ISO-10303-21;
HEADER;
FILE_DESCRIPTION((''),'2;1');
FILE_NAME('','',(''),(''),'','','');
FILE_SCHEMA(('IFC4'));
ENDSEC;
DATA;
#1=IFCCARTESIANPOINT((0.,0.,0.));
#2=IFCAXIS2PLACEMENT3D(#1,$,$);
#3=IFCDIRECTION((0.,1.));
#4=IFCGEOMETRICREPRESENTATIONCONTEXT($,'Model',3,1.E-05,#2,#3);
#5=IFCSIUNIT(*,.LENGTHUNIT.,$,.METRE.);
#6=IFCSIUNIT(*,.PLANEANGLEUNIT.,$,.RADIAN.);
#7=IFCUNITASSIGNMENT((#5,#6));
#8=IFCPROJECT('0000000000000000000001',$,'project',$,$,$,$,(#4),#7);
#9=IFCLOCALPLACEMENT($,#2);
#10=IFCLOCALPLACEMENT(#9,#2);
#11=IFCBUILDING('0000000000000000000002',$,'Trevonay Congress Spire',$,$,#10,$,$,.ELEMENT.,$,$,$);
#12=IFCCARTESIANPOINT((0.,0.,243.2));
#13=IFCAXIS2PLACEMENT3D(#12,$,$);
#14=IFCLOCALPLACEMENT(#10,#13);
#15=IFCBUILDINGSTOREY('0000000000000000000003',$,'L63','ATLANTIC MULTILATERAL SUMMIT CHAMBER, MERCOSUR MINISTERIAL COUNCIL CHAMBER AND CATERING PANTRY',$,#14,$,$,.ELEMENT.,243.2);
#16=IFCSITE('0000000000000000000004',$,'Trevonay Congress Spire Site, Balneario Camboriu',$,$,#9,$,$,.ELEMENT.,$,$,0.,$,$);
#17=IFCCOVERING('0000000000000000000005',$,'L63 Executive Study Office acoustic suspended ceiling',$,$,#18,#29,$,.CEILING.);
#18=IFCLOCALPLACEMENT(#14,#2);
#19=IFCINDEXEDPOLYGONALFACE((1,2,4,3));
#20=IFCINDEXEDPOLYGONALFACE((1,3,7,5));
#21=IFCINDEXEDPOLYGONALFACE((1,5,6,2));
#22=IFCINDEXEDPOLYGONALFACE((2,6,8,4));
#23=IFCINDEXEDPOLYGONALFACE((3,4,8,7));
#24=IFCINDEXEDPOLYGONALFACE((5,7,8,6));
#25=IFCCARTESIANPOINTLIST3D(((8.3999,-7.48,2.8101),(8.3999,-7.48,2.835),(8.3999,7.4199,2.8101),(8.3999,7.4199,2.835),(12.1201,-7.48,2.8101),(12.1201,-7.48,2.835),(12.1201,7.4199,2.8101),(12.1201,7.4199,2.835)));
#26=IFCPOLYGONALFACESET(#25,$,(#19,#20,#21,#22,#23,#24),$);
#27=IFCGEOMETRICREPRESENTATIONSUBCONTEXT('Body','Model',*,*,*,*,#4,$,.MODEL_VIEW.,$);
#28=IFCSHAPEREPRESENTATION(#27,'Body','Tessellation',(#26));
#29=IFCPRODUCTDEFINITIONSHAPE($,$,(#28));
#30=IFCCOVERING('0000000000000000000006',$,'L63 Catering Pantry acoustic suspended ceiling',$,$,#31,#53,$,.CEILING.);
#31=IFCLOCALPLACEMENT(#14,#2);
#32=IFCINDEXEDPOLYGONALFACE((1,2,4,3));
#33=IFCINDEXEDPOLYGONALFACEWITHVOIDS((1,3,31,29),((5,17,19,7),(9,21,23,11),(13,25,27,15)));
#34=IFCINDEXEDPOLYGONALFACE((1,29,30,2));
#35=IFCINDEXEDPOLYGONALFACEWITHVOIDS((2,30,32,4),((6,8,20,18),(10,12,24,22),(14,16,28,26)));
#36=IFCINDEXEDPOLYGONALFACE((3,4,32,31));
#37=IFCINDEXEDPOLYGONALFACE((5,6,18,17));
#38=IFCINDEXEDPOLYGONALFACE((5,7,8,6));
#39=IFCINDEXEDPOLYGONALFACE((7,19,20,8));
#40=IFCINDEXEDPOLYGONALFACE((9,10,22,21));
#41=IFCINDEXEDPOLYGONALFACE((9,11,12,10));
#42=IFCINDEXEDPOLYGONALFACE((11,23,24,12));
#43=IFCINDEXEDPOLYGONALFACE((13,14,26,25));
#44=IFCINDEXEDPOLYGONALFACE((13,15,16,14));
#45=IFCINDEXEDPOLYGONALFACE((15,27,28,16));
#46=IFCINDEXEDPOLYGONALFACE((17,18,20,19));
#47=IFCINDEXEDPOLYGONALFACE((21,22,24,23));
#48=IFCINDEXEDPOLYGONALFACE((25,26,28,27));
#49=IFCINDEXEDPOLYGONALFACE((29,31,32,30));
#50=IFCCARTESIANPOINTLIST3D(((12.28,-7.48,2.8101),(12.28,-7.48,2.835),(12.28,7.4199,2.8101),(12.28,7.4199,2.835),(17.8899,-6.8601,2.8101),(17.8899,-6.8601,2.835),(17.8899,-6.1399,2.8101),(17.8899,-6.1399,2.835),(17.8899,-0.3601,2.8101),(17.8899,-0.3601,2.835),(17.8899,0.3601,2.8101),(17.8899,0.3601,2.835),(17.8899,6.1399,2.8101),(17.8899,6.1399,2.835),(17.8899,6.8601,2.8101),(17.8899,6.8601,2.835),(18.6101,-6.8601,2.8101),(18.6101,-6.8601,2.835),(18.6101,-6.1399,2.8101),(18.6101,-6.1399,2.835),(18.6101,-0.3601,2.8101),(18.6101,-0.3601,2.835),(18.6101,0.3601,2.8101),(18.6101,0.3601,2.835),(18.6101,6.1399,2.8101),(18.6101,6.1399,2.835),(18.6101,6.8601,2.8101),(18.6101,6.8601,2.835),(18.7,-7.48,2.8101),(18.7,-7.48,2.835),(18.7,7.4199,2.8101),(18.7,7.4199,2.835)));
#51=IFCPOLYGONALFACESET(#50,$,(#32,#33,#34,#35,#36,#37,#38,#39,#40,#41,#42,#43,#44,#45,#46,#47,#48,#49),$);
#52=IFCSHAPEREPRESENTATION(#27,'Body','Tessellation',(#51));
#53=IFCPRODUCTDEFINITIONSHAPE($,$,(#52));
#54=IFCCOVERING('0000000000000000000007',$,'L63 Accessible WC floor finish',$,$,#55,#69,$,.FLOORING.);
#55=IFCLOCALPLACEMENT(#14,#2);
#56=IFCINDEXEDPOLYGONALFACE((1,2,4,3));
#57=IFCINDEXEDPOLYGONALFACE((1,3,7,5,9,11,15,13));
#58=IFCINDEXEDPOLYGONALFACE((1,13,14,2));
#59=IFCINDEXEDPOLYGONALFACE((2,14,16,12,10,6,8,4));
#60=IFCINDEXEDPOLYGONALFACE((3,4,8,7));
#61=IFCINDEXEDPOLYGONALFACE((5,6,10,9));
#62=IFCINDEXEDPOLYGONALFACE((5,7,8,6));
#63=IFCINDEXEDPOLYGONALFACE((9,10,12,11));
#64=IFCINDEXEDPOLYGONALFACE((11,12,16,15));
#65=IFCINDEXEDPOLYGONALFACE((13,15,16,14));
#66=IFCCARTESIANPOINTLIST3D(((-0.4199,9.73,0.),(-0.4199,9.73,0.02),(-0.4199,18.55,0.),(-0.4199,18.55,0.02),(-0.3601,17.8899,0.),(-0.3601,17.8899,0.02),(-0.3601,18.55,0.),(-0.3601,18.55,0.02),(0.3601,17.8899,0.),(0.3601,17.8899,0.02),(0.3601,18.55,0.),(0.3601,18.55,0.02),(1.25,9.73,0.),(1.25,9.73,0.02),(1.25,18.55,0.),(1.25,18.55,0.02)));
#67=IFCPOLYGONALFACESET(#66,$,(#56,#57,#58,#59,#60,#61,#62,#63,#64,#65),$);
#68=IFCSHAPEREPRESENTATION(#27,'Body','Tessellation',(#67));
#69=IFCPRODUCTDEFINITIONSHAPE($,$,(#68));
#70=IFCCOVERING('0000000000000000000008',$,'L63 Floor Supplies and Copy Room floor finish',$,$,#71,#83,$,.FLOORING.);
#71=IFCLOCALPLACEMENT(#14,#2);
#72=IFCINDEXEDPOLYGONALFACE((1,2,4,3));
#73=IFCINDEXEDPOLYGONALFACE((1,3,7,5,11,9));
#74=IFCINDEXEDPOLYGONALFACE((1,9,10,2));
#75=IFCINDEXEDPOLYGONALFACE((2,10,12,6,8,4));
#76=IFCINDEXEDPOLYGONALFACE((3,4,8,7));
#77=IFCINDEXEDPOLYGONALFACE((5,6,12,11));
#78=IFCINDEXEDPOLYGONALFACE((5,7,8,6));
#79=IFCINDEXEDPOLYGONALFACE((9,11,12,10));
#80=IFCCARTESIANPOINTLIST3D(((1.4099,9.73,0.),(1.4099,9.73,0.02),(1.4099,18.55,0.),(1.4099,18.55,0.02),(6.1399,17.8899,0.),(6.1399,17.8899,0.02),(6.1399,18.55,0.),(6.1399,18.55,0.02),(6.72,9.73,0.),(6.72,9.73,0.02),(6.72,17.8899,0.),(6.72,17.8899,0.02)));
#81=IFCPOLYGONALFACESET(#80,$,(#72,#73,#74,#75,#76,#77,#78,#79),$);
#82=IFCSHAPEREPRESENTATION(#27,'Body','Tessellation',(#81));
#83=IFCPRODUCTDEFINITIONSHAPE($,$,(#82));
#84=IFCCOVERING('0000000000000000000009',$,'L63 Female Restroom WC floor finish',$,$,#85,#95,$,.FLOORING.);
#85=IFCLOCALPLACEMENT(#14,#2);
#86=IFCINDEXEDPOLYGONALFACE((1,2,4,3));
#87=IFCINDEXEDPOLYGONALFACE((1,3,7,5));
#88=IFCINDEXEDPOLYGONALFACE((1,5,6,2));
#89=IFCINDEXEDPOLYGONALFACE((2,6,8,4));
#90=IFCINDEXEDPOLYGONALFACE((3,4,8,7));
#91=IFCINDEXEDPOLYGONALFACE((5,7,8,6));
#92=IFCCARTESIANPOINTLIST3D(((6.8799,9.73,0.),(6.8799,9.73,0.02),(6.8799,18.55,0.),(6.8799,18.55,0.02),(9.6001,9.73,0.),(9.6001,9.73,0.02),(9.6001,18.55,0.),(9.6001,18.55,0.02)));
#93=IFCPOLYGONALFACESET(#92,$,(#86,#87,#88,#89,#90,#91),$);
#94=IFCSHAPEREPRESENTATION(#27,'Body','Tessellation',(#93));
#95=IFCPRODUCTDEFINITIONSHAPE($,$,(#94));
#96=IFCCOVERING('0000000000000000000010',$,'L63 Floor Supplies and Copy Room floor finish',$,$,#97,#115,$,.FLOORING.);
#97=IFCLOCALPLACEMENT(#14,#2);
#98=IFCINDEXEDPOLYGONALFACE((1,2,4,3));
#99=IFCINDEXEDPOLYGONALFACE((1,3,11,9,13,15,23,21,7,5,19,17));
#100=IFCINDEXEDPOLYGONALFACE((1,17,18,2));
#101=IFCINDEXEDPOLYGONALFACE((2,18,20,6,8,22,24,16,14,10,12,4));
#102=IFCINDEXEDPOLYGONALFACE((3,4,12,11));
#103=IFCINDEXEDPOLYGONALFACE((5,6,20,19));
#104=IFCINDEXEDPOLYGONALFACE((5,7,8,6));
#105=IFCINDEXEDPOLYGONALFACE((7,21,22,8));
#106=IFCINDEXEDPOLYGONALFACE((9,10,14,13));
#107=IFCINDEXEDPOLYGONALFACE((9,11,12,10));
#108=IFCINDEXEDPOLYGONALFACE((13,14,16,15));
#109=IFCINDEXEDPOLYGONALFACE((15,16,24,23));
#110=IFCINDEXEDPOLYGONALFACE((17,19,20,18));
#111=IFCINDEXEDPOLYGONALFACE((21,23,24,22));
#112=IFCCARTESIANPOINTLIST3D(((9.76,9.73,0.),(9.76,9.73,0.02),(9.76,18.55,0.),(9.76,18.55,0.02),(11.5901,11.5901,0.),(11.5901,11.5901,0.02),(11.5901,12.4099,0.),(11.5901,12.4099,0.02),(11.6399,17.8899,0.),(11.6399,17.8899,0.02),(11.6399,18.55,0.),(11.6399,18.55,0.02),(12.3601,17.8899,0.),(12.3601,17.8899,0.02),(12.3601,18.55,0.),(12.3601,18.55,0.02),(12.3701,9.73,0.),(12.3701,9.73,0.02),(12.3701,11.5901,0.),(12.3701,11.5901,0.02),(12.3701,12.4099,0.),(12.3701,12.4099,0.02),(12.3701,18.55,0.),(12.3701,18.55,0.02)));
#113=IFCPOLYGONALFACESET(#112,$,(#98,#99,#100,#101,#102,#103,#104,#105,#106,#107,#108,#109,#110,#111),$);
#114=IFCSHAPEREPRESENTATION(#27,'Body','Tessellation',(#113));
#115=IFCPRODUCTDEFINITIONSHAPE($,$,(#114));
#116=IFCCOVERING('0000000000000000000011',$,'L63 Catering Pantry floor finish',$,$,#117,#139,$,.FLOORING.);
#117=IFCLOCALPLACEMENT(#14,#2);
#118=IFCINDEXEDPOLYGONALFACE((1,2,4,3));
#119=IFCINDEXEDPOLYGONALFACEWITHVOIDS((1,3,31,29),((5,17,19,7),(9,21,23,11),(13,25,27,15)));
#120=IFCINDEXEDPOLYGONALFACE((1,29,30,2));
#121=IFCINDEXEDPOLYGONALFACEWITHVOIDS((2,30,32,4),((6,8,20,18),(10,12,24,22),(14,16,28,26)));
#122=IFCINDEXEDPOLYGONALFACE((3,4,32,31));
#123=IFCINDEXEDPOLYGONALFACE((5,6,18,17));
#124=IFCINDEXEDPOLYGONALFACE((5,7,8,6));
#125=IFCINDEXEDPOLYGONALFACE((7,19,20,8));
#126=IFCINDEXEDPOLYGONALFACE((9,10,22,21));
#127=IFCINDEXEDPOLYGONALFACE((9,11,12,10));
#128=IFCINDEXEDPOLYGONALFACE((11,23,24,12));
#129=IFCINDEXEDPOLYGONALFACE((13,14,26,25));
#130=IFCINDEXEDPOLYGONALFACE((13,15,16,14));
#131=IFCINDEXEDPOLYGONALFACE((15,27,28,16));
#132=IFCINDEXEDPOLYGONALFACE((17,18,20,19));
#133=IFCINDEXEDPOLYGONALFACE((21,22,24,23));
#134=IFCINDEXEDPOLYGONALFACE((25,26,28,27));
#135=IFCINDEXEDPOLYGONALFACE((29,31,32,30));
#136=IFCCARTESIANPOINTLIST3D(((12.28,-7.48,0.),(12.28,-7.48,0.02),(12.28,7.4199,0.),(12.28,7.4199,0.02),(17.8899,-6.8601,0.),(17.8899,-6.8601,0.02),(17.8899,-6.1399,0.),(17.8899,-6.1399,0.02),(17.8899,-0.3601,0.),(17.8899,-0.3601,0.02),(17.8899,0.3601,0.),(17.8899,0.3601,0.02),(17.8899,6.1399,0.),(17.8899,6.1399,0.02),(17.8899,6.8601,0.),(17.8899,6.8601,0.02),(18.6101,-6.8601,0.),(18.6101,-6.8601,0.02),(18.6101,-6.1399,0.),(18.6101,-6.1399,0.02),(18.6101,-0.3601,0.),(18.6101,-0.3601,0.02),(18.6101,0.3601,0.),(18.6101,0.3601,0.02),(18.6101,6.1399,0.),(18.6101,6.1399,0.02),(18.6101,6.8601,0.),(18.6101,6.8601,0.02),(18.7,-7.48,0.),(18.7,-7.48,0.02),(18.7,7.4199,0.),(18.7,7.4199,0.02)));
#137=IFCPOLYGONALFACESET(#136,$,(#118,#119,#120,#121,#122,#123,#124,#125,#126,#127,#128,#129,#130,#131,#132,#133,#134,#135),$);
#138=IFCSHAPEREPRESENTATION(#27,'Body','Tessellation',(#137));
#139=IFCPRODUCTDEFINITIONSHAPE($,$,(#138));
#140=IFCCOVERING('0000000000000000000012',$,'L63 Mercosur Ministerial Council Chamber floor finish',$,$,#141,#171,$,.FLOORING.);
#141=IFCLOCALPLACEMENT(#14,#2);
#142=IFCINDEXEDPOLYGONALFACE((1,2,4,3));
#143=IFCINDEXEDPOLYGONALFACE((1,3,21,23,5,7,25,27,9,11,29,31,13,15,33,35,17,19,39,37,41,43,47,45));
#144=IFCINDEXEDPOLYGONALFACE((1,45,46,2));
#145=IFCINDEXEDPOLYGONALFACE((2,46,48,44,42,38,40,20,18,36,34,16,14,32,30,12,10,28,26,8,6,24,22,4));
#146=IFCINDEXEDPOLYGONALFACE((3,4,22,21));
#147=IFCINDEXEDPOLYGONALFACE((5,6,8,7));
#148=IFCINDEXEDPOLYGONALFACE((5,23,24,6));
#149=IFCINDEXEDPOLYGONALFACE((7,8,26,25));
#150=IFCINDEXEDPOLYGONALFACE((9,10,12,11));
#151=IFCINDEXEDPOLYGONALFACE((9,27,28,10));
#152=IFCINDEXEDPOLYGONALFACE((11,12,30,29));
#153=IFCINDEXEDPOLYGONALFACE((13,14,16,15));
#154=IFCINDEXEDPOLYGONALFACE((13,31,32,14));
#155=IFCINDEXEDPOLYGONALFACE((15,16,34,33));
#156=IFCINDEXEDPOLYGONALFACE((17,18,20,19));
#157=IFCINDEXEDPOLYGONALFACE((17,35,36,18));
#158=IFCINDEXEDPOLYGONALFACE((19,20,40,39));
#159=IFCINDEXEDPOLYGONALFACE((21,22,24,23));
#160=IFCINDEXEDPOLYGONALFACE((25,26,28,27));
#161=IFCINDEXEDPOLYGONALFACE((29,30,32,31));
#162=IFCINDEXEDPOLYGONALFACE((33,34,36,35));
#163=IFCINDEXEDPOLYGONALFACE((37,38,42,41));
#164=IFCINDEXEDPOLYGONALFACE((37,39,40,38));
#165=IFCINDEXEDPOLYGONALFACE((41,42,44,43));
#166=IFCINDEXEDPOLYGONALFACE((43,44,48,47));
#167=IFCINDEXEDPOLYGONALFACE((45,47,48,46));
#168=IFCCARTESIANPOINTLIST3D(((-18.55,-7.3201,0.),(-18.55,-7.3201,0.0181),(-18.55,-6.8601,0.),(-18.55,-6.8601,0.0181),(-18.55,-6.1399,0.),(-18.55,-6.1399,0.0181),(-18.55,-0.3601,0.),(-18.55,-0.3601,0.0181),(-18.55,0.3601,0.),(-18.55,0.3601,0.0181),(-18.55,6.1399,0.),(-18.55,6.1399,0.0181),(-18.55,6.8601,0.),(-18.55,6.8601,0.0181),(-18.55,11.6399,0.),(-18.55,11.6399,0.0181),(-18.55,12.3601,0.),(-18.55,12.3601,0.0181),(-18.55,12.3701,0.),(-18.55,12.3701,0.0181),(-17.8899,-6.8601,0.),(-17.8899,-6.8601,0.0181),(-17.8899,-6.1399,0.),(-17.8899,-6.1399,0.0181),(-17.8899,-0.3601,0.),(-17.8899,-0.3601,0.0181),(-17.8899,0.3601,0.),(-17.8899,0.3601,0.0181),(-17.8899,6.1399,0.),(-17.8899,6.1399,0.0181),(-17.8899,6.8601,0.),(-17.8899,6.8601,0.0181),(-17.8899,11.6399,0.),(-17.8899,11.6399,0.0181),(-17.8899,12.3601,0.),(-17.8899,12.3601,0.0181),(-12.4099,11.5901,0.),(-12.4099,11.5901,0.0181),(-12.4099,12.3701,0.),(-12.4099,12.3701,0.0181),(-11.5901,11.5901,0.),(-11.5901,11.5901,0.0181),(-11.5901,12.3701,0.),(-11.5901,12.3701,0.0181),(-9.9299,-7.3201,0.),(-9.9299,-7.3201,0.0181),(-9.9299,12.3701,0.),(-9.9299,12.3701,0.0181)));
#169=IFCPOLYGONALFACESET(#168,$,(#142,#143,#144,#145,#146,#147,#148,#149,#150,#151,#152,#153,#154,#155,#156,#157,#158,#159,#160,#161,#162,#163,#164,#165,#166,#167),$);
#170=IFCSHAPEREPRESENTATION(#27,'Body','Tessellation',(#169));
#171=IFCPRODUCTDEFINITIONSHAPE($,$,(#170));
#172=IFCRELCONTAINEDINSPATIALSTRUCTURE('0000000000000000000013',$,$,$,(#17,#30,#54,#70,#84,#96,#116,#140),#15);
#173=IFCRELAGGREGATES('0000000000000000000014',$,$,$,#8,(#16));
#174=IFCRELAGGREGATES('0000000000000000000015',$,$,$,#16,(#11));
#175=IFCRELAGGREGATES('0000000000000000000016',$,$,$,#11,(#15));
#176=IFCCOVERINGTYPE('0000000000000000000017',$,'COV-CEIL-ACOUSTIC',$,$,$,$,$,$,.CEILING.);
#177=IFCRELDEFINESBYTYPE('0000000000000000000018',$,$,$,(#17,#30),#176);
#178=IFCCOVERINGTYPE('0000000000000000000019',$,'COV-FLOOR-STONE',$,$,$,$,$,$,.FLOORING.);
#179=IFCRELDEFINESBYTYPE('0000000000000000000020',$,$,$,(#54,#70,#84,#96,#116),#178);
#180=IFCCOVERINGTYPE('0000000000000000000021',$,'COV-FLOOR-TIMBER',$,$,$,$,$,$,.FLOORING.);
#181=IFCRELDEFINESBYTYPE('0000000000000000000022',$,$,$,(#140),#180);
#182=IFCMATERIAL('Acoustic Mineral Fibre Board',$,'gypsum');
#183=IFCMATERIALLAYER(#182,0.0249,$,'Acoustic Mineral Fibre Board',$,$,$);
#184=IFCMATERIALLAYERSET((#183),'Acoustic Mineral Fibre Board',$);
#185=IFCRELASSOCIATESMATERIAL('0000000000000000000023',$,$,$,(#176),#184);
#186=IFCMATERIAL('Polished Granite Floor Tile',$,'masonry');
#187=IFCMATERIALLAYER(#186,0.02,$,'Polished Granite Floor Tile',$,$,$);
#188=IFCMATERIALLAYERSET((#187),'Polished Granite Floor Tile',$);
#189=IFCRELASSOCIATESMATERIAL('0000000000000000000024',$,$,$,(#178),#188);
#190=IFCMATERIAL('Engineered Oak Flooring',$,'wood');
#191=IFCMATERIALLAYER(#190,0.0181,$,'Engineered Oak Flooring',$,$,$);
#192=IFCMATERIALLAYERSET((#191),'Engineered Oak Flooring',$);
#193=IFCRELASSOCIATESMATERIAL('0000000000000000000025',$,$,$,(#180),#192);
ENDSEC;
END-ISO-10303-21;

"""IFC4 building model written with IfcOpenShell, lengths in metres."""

from ifc_helpers import new_model, si_unit, direction, frame, origin, place, context, subcontext, project, spatial, polyline, outline, extrude, material, layer, layer_set, type_object, element, save


model = new_model("IFC4")

# Units and contexts
model_context = context("Model", 3, precision=1e-05, world=origin(), true_north=direction((0.0, 1.0)))
body_context = subcontext(model_context, "Body", "Model", "MODEL_VIEW")
ifc_project = project(units=[si_unit("LENGTHUNIT", "METRE"), si_unit("PLANEANGLEUNIT", "RADIAN")], contexts=[model_context])

# Site, building, storey
site_placement = place(None, origin())
site = spatial("IfcSite", under=ifc_project, at=site_placement, Name="Trevonay Congress Spire Site, Balneario Camboriu", CompositionType="ELEMENT", RefElevation=0.0)
building_placement = place(site_placement, origin())
building = spatial("IfcBuilding", under=site, at=building_placement, Name="Trevonay Congress Spire", CompositionType="ELEMENT")
storey_placement = place(building_placement, frame((0.0, 0.0, 243.2)))
storey = spatial("IfcBuildingStorey", under=building, at=storey_placement, Name="L63", Description="ATLANTIC MULTILATERAL SUMMIT CHAMBER, MERCOSUR MINISTERIAL COUNCIL CHAMBER AND CATERING PANTRY", CompositionType="ELEMENT", Elevation=243.2)

# Coverings
ifc_material_1 = material(Name="Acoustic Mineral Fibre Board", Category="gypsum")
ifc_layer_1 = layer(ifc_material_1, 0.0249, Name="Acoustic Mineral Fibre Board")
ifc_layer_set_1 = layer_set([ifc_layer_1], Name="Acoustic Mineral Fibre Board")
covering_type_1 = type_object("IfcCoveringType", Name="COV-CEIL-ACOUSTIC", PredefinedType="CEILING", material=ifc_layer_set_1)
covering_1_placement = place(storey_placement, frame((0.0, 0.0, 2.8101)))
element("IfcCovering", 1, at=covering_1_placement, inside=storey, type_object=covering_type_1, Name="L63 Executive Study Office acoustic suspended ceiling", PredefinedType="CEILING", context=body_context, shape_type="SweptSolid", body=[
    extrude(outline(polyline([(8.3999, -7.48), (12.1201, -7.48), (12.1201, 7.4199), (8.3999, 7.4199), (8.3999, -7.48)])), origin(), (0.0, 0.0, 1.0), 0.0249),
])
covering_2_placement = place(storey_placement, frame((0.0, 0.0, 2.8101)))
element("IfcCovering", 2, at=covering_2_placement, inside=storey, type_object=covering_type_1, Name="L63 Catering Pantry acoustic suspended ceiling", PredefinedType="CEILING", context=body_context, shape_type="SweptSolid", body=[
    extrude(outline(polyline([(12.28, 7.4199), (18.7, 7.4199), (18.7, -7.48), (12.28, -7.48), (12.28, 7.4199)]), holes=[polyline([(17.8899, -6.8601), (18.6101, -6.8601), (18.6101, -6.1399), (17.8899, -6.1399), (17.8899, -6.8601)]), polyline([(17.8899, 0.3601), (17.8899, -0.3601), (18.6101, -0.3601), (18.6101, 0.3601), (17.8899, 0.3601)]), polyline([(17.8899, 6.8601), (17.8899, 6.1399), (18.6101, 6.1399), (18.6101, 6.8601), (17.8899, 6.8601)])]), origin(), (0.0, 0.0, 1.0), 0.0249),
])
ifc_material_2 = material(Name="Polished Granite Floor Tile", Category="masonry")
ifc_layer_2 = layer(ifc_material_2, 0.02, Name="Polished Granite Floor Tile")
ifc_layer_set_2 = layer_set([ifc_layer_2], Name="Polished Granite Floor Tile")
covering_type_2 = type_object("IfcCoveringType", Name="COV-FLOOR-STONE", PredefinedType="FLOORING", material=ifc_layer_set_2)
covering_3_placement = place(storey_placement, origin())
element("IfcCovering", 3, at=covering_3_placement, inside=storey, type_object=covering_type_2, Name="L63 Accessible WC floor finish", PredefinedType="FLOORING", context=body_context, shape_type="SweptSolid", body=[
    extrude(outline(polyline([(1.25, 18.55), (1.25, 9.73), (-0.4199, 9.73), (-0.4199, 18.55), (-0.3601, 18.55), (-0.3601, 17.8899), (0.3601, 17.8899), (0.3601, 18.55), (1.25, 18.55)])), origin(), (0.0, 0.0, 1.0), 0.02),
])
covering_4_placement = place(storey_placement, origin())
element("IfcCovering", 4, at=covering_4_placement, inside=storey, type_object=covering_type_2, Name="L63 Floor Supplies and Copy Room floor finish", PredefinedType="FLOORING", context=body_context, shape_type="SweptSolid", body=[
    extrude(outline(polyline([(6.72, 9.73), (1.4099, 9.73), (1.4099, 18.55), (6.1399, 18.55), (6.1399, 17.8899), (6.72, 17.8899), (6.72, 9.73)])), origin(), (0.0, 0.0, 1.0), 0.02),
])
covering_5_placement = place(storey_placement, origin())
element("IfcCovering", 5, at=covering_5_placement, inside=storey, type_object=covering_type_2, Name="L63 Female Restroom WC floor finish", PredefinedType="FLOORING", context=body_context, shape_type="SweptSolid", body=[
    extrude(outline(polyline([(6.8799, 9.73), (9.6001, 9.73), (9.6001, 18.55), (6.8799, 18.55), (6.8799, 9.73)])), origin(), (0.0, 0.0, 1.0), 0.02),
])
covering_6_placement = place(storey_placement, origin())
element("IfcCovering", 6, at=covering_6_placement, inside=storey, type_object=covering_type_2, Name="L63 Floor Supplies and Copy Room floor finish", PredefinedType="FLOORING", context=body_context, shape_type="SweptSolid", body=[
    extrude(outline(polyline([(12.3701, 9.73), (9.76, 9.73), (9.76, 18.55), (11.6399, 18.55), (11.6399, 17.8899), (12.3601, 17.8899), (12.3601, 18.55), (12.3701, 18.55), (12.3701, 12.4099), (11.5901, 12.4099), (11.5901, 11.5901), (12.3701, 11.5901), (12.3701, 9.73)])), origin(), (0.0, 0.0, 1.0), 0.02),
])
covering_7_placement = place(storey_placement, origin())
element("IfcCovering", 7, at=covering_7_placement, inside=storey, type_object=covering_type_2, Name="L63 Catering Pantry floor finish", PredefinedType="FLOORING", context=body_context, shape_type="SweptSolid", body=[
    extrude(outline(polyline([(12.28, 7.4199), (18.7, 7.4199), (18.7, -7.48), (12.28, -7.48), (12.28, 7.4199)]), holes=[polyline([(17.8899, -6.8601), (18.6101, -6.8601), (18.6101, -6.1399), (17.8899, -6.1399), (17.8899, -6.8601)]), polyline([(17.8899, 0.3601), (17.8899, -0.3601), (18.6101, -0.3601), (18.6101, 0.3601), (17.8899, 0.3601)]), polyline([(17.8899, 6.8601), (17.8899, 6.1399), (18.6101, 6.1399), (18.6101, 6.8601), (17.8899, 6.8601)])]), origin(), (0.0, 0.0, 1.0), 0.02),
])
ifc_material_3 = material(Name="Engineered Oak Flooring", Category="wood")
ifc_layer_3 = layer(ifc_material_3, 0.0181, Name="Engineered Oak Flooring")
ifc_layer_set_3 = layer_set([ifc_layer_3], Name="Engineered Oak Flooring")
covering_type_3 = type_object("IfcCoveringType", Name="COV-FLOOR-TIMBER", PredefinedType="FLOORING", material=ifc_layer_set_3)
covering_8_placement = place(storey_placement, origin())
element("IfcCovering", 8, at=covering_8_placement, inside=storey, type_object=covering_type_3, Name="L63 Mercosur Ministerial Council Chamber floor finish", PredefinedType="FLOORING", context=body_context, shape_type="SweptSolid", body=[
    extrude(outline(polyline([(-9.9299, 12.3701), (-9.9299, -7.3201), (-18.55, -7.3201), (-18.55, -6.8601), (-17.8899, -6.8601), (-17.8899, -6.1399), (-18.55, -6.1399), (-18.55, -0.3601), (-17.8899, -0.3601), (-17.8899, 0.3601), (-18.55, 0.3601), (-18.55, 6.1399), (-17.8899, 6.1399), (-17.8899, 6.8601), (-18.55, 6.8601), (-18.55, 11.6399), (-17.8899, 11.6399), (-17.8899, 12.3601), (-18.55, 12.3601), (-18.55, 12.3701), (-12.4099, 12.3701), (-12.4099, 11.5901), (-11.5901, 11.5901), (-11.5901, 12.3701), (-9.9299, 12.3701)])), origin(), (0.0, 0.0, 1.0), 0.0181),
])

save(model, "model.ifc")
